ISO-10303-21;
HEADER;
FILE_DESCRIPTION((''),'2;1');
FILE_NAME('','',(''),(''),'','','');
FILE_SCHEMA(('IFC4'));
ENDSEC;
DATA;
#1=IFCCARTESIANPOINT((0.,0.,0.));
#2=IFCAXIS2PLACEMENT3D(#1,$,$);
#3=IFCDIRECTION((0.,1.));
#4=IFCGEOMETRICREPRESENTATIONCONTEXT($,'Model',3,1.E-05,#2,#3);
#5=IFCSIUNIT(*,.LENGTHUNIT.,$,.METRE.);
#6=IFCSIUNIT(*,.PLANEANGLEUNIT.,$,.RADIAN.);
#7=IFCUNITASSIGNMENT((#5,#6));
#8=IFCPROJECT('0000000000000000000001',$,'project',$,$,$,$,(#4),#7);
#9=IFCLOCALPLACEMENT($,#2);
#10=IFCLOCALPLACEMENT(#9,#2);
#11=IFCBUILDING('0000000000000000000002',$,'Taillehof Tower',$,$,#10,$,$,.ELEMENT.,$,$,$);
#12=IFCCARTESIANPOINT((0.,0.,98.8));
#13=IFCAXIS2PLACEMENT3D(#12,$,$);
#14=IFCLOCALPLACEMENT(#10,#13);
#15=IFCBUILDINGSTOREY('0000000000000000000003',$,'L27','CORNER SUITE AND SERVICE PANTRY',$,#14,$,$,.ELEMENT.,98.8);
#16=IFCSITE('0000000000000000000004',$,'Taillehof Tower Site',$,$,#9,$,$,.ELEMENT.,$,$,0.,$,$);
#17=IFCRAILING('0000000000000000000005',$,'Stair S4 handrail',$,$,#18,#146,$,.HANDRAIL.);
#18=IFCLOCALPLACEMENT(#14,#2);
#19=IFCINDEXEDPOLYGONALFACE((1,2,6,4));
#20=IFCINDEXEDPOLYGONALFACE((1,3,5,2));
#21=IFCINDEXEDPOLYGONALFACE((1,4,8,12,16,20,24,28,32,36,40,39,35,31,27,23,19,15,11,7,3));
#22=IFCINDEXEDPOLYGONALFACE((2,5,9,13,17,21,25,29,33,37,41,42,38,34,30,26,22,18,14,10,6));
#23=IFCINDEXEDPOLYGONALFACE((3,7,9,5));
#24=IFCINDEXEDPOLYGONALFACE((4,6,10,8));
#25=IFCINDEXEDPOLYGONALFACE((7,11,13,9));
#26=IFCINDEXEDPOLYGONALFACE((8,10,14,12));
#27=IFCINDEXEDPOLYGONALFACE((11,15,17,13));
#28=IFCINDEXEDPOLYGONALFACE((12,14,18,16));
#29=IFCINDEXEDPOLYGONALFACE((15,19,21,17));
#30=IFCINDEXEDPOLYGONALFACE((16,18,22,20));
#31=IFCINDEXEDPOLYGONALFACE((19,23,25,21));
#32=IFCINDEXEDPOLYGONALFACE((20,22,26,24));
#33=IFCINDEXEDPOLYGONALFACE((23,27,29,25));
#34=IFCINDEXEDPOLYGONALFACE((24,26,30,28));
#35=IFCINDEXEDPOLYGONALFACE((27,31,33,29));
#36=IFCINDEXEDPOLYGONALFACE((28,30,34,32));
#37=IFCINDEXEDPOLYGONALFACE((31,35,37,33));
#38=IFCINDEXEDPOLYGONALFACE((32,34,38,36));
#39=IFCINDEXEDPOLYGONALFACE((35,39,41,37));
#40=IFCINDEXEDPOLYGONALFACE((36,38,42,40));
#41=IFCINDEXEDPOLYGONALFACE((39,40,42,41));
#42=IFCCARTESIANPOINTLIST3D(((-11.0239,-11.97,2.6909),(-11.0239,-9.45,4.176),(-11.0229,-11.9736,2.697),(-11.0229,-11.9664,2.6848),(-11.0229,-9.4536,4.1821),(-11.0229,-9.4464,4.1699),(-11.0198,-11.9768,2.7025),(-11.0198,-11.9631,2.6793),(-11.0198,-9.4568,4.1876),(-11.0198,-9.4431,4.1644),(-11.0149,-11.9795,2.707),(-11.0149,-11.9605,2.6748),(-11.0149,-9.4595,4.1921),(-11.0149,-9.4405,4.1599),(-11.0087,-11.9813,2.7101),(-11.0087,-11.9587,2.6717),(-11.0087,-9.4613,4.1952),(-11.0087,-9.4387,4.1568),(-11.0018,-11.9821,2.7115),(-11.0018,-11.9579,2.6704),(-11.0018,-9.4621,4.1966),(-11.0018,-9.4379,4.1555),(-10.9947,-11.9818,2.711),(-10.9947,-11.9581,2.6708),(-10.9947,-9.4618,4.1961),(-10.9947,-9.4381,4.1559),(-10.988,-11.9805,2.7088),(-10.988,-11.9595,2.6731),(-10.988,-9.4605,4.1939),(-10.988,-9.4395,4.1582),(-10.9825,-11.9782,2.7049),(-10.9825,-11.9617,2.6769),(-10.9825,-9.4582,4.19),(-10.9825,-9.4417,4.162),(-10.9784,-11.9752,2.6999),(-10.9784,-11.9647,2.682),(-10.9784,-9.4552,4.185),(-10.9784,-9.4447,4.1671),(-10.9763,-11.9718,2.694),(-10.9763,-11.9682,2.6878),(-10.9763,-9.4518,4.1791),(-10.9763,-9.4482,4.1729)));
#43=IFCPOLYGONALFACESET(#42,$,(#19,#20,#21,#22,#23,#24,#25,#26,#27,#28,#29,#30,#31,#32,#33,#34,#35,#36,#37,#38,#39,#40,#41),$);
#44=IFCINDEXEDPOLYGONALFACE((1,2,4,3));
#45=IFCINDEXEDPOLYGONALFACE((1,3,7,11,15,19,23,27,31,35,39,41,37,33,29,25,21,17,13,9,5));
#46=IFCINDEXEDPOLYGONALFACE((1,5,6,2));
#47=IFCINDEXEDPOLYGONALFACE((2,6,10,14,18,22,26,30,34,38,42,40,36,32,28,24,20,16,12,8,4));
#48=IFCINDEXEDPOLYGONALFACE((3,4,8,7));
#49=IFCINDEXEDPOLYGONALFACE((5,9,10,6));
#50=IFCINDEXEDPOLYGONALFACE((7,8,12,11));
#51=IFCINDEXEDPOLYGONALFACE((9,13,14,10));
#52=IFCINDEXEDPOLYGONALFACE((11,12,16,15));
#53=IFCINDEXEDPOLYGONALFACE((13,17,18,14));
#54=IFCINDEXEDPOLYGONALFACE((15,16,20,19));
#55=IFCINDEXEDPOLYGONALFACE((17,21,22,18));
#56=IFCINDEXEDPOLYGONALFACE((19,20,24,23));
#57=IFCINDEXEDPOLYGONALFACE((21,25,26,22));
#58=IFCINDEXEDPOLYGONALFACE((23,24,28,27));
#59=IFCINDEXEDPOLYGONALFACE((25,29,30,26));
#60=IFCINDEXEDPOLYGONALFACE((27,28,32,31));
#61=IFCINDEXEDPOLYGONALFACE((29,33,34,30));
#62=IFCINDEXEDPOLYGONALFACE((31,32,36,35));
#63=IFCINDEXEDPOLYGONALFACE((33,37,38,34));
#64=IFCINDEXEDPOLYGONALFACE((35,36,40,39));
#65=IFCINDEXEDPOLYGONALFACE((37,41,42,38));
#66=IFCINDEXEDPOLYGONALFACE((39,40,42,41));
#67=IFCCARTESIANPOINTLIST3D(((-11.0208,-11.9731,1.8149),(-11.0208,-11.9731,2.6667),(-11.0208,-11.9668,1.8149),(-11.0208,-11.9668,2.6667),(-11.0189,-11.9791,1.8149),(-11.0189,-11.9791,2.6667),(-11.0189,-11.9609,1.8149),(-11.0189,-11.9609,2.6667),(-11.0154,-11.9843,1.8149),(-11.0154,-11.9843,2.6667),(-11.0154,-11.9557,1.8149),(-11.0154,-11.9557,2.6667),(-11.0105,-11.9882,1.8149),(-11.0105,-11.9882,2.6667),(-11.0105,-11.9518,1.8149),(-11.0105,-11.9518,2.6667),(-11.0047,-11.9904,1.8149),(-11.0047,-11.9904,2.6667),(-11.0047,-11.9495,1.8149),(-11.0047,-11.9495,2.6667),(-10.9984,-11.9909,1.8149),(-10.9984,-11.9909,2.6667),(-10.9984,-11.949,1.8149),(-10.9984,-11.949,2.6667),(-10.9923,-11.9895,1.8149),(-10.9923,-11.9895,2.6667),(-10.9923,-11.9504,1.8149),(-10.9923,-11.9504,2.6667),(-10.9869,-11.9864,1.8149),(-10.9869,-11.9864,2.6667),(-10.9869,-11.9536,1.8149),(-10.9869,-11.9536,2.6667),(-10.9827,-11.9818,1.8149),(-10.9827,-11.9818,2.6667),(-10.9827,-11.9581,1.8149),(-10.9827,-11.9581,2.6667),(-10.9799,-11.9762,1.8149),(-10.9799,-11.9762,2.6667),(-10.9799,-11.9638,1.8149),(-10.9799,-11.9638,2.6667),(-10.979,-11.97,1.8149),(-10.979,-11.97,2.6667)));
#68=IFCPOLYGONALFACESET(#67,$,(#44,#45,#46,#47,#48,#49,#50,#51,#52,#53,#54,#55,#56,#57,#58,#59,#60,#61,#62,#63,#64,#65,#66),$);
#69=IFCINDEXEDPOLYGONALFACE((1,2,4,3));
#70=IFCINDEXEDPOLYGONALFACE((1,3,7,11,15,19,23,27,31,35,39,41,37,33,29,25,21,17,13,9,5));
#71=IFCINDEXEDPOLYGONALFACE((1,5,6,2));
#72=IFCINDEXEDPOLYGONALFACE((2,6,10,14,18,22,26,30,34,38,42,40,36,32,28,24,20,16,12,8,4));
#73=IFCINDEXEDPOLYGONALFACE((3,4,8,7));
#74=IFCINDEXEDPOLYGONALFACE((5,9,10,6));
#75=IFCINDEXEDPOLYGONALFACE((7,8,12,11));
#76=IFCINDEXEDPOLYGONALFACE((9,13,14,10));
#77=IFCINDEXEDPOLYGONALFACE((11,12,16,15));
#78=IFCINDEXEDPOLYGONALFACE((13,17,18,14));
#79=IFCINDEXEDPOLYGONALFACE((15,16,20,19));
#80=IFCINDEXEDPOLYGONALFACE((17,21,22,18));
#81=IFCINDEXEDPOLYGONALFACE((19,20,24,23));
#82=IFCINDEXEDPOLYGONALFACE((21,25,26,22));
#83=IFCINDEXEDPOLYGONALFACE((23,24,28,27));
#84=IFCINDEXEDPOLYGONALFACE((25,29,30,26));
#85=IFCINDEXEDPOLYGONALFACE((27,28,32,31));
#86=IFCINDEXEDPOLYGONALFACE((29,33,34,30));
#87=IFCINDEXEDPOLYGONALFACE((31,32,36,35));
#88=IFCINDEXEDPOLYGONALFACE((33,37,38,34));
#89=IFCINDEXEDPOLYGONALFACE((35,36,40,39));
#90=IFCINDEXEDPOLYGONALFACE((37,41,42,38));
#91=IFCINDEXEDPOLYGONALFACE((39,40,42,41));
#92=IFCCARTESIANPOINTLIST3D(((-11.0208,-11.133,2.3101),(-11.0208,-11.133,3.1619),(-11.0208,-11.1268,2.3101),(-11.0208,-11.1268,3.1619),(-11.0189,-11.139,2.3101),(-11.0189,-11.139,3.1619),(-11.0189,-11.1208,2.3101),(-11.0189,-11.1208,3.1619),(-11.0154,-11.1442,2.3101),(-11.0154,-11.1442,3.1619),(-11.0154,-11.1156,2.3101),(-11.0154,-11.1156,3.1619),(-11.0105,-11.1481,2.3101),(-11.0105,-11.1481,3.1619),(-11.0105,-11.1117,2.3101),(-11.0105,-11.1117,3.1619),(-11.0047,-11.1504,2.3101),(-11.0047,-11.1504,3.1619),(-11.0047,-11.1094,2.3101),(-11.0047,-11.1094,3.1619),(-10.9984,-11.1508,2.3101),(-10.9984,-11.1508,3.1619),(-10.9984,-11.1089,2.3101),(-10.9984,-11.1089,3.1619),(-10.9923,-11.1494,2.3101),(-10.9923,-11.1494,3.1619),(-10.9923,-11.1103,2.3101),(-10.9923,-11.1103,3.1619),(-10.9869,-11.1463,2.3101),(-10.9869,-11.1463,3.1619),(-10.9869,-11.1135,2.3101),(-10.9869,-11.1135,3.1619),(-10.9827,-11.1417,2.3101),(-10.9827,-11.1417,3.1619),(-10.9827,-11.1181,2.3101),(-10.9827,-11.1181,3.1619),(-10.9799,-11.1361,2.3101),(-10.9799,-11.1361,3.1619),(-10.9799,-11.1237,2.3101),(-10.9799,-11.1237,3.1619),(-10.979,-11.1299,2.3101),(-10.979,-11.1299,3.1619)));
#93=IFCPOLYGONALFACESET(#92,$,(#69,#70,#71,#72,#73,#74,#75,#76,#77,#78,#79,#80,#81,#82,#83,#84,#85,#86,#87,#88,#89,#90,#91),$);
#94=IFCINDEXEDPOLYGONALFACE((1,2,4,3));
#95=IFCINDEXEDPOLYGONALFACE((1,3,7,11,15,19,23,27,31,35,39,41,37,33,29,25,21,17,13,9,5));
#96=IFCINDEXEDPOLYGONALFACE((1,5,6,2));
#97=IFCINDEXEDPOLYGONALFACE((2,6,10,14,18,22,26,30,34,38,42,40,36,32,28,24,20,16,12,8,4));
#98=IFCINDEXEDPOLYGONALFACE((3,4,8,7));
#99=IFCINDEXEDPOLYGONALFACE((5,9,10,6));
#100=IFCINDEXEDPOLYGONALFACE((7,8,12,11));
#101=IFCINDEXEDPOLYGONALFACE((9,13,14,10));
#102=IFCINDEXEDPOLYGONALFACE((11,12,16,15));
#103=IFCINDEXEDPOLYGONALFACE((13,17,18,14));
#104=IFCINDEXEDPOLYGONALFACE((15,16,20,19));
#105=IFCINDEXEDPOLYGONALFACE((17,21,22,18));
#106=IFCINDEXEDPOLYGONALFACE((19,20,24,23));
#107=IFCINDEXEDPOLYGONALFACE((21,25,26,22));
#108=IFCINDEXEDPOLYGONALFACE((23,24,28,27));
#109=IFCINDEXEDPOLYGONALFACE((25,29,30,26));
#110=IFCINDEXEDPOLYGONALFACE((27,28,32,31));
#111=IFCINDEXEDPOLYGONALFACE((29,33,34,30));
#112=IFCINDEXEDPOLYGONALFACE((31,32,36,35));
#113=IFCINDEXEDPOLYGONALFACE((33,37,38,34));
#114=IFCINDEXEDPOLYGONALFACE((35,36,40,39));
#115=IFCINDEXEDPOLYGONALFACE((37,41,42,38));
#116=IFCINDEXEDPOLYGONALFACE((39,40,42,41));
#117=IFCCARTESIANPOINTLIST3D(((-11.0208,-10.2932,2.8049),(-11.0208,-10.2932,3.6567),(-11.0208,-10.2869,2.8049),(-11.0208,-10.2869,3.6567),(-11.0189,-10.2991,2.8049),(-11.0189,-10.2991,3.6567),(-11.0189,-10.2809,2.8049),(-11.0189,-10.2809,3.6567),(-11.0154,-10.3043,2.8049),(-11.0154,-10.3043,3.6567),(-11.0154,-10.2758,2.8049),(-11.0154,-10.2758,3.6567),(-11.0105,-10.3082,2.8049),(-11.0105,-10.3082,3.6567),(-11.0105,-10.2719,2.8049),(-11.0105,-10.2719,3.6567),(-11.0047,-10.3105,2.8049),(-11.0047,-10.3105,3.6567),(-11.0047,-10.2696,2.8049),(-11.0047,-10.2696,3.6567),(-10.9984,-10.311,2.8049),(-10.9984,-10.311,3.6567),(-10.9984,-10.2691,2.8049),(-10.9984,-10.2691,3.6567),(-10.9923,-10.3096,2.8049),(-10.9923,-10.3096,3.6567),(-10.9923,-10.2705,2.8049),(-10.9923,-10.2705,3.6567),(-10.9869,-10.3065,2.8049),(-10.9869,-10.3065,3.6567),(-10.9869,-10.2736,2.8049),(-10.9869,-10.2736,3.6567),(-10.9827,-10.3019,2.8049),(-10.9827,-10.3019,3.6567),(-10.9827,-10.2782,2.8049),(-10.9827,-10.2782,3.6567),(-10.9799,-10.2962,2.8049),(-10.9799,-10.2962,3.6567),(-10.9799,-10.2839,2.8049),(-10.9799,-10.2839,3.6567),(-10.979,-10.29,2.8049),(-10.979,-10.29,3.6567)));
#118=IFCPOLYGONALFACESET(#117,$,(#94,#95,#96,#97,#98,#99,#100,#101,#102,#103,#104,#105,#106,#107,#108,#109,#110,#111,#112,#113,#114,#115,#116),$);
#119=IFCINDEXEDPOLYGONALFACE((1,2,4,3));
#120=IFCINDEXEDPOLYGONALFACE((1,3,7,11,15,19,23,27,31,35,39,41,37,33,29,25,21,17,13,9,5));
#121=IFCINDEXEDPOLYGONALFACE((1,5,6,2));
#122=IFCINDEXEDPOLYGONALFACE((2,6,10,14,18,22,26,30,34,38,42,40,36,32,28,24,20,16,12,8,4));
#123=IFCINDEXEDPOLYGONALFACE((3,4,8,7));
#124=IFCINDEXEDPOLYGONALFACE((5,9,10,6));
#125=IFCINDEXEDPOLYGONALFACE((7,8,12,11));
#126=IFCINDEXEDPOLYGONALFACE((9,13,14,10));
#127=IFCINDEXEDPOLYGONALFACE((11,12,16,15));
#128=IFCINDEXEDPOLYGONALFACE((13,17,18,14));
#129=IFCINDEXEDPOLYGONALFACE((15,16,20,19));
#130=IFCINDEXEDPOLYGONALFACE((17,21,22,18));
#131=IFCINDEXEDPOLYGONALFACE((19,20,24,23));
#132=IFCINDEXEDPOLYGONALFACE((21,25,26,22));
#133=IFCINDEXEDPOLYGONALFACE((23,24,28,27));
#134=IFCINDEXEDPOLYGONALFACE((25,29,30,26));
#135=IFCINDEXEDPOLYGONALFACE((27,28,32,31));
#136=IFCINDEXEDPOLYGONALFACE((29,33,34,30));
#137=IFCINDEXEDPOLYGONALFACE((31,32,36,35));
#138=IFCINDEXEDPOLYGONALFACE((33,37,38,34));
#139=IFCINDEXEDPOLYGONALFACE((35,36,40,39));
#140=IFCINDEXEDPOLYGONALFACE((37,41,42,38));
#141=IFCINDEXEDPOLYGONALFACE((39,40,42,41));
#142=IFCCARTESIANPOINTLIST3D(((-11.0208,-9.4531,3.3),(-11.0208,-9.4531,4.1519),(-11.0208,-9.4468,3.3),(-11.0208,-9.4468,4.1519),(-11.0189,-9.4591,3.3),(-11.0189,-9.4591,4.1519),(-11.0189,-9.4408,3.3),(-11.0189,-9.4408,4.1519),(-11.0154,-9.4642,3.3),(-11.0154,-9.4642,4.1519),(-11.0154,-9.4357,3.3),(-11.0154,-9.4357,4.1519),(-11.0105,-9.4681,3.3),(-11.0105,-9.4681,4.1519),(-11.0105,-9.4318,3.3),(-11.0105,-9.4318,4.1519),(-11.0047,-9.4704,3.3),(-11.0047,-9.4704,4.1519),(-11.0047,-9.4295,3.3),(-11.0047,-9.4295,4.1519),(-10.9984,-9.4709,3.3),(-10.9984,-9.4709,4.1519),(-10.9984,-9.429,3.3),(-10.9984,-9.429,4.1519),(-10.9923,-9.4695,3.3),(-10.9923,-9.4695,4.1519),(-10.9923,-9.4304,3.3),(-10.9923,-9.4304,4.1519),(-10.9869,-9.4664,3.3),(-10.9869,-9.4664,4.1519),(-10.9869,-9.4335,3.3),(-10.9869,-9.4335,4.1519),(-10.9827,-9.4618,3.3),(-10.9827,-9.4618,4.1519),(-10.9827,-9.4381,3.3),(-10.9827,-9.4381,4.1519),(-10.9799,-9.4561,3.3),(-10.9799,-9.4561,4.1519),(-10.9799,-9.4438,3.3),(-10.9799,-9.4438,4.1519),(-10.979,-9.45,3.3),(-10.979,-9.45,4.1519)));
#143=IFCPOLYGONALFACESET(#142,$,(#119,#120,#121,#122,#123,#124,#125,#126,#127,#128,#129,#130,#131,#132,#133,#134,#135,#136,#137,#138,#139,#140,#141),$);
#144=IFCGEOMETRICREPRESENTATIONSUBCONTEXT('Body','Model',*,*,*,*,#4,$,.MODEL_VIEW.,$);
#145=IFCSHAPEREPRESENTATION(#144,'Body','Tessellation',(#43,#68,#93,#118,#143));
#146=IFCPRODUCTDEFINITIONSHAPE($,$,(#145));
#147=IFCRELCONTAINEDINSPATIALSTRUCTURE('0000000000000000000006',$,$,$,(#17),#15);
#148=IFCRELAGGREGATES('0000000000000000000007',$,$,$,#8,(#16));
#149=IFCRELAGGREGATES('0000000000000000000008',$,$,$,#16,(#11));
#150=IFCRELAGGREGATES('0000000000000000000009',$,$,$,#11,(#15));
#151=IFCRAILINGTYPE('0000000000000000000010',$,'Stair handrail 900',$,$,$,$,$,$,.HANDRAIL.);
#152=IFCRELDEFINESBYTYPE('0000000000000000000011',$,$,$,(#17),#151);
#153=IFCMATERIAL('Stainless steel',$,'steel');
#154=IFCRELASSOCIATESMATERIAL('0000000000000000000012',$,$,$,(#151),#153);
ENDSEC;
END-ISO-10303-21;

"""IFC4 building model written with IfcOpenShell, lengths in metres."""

from ifc_helpers import new_model, si_unit, direction, frame, origin, origin_2d, place, context, subcontext, project, spatial, circle, extrude, material, type_object, element, save


model = new_model("IFC4")

# Units and contexts
model_context = context("Model", 3, precision=1e-05, world=origin(), true_north=direction((0.0, 1.0)))
body_context = subcontext(model_context, "Body", "Model", "MODEL_VIEW")
ifc_project = project(units=[si_unit("LENGTHUNIT", "METRE"), si_unit("PLANEANGLEUNIT", "RADIAN")], contexts=[model_context])

# Site, building, storey
site_placement = place(None, origin())
site = spatial("IfcSite", under=ifc_project, at=site_placement, Name="Taillehof Tower Site", CompositionType="ELEMENT", RefElevation=0.0)
building_placement = place(site_placement, origin())
building = spatial("IfcBuilding", under=site, at=building_placement, Name="Taillehof Tower", CompositionType="ELEMENT")
storey_placement = place(building_placement, frame((0.0, 0.0, 98.8)))
storey = spatial("IfcBuildingStorey", under=building, at=storey_placement, Name="L27", Description="CORNER SUITE AND SERVICE PANTRY", CompositionType="ELEMENT", Elevation=98.8)

# Railing
ifc_material_1 = material(Name="Stainless steel", Category="steel")
railing_type = type_object("IfcRailingType", Name="Stair handrail 900", PredefinedType="HANDRAIL", material=ifc_material_1)
railing_placement = place(storey_placement, frame((-11.0, -11.97, 1.8149)))
element("IfcRailing", 1, at=railing_placement, inside=storey, type_object=railing_type, Name="Stair S4 handrail", PredefinedType="HANDRAIL", context=body_context, shape_type="SweptSolid", body=[
    extrude(circle(Radius=0.0239, at=origin_2d()), frame((0.0, 0.0, 0.876), z_axis=(0.0, 0.861524, 0.507717), x_axis=(-1.0, 0.0, 0.0)), (0.0, 0.0, 1.0), 2.925),
    extrude(circle(Radius=0.021, at=origin_2d()), origin(), (0.0, 0.0, 1.0), 0.8518),
    extrude(circle(Radius=0.021, at=origin_2d()), frame((0.0, 0.8401, 0.4951)), (0.0, 0.0, 1.0), 0.8518),
    extrude(circle(Radius=0.021, at=origin_2d()), frame((0.0, 1.6799, 0.99)), (0.0, 0.0, 1.0), 0.8518),
    extrude(circle(Radius=0.021, at=origin_2d()), frame((0.0, 2.52, 1.4851)), (0.0, 0.0, 1.0), 0.8518),
])

save(model, "model.ifc")
